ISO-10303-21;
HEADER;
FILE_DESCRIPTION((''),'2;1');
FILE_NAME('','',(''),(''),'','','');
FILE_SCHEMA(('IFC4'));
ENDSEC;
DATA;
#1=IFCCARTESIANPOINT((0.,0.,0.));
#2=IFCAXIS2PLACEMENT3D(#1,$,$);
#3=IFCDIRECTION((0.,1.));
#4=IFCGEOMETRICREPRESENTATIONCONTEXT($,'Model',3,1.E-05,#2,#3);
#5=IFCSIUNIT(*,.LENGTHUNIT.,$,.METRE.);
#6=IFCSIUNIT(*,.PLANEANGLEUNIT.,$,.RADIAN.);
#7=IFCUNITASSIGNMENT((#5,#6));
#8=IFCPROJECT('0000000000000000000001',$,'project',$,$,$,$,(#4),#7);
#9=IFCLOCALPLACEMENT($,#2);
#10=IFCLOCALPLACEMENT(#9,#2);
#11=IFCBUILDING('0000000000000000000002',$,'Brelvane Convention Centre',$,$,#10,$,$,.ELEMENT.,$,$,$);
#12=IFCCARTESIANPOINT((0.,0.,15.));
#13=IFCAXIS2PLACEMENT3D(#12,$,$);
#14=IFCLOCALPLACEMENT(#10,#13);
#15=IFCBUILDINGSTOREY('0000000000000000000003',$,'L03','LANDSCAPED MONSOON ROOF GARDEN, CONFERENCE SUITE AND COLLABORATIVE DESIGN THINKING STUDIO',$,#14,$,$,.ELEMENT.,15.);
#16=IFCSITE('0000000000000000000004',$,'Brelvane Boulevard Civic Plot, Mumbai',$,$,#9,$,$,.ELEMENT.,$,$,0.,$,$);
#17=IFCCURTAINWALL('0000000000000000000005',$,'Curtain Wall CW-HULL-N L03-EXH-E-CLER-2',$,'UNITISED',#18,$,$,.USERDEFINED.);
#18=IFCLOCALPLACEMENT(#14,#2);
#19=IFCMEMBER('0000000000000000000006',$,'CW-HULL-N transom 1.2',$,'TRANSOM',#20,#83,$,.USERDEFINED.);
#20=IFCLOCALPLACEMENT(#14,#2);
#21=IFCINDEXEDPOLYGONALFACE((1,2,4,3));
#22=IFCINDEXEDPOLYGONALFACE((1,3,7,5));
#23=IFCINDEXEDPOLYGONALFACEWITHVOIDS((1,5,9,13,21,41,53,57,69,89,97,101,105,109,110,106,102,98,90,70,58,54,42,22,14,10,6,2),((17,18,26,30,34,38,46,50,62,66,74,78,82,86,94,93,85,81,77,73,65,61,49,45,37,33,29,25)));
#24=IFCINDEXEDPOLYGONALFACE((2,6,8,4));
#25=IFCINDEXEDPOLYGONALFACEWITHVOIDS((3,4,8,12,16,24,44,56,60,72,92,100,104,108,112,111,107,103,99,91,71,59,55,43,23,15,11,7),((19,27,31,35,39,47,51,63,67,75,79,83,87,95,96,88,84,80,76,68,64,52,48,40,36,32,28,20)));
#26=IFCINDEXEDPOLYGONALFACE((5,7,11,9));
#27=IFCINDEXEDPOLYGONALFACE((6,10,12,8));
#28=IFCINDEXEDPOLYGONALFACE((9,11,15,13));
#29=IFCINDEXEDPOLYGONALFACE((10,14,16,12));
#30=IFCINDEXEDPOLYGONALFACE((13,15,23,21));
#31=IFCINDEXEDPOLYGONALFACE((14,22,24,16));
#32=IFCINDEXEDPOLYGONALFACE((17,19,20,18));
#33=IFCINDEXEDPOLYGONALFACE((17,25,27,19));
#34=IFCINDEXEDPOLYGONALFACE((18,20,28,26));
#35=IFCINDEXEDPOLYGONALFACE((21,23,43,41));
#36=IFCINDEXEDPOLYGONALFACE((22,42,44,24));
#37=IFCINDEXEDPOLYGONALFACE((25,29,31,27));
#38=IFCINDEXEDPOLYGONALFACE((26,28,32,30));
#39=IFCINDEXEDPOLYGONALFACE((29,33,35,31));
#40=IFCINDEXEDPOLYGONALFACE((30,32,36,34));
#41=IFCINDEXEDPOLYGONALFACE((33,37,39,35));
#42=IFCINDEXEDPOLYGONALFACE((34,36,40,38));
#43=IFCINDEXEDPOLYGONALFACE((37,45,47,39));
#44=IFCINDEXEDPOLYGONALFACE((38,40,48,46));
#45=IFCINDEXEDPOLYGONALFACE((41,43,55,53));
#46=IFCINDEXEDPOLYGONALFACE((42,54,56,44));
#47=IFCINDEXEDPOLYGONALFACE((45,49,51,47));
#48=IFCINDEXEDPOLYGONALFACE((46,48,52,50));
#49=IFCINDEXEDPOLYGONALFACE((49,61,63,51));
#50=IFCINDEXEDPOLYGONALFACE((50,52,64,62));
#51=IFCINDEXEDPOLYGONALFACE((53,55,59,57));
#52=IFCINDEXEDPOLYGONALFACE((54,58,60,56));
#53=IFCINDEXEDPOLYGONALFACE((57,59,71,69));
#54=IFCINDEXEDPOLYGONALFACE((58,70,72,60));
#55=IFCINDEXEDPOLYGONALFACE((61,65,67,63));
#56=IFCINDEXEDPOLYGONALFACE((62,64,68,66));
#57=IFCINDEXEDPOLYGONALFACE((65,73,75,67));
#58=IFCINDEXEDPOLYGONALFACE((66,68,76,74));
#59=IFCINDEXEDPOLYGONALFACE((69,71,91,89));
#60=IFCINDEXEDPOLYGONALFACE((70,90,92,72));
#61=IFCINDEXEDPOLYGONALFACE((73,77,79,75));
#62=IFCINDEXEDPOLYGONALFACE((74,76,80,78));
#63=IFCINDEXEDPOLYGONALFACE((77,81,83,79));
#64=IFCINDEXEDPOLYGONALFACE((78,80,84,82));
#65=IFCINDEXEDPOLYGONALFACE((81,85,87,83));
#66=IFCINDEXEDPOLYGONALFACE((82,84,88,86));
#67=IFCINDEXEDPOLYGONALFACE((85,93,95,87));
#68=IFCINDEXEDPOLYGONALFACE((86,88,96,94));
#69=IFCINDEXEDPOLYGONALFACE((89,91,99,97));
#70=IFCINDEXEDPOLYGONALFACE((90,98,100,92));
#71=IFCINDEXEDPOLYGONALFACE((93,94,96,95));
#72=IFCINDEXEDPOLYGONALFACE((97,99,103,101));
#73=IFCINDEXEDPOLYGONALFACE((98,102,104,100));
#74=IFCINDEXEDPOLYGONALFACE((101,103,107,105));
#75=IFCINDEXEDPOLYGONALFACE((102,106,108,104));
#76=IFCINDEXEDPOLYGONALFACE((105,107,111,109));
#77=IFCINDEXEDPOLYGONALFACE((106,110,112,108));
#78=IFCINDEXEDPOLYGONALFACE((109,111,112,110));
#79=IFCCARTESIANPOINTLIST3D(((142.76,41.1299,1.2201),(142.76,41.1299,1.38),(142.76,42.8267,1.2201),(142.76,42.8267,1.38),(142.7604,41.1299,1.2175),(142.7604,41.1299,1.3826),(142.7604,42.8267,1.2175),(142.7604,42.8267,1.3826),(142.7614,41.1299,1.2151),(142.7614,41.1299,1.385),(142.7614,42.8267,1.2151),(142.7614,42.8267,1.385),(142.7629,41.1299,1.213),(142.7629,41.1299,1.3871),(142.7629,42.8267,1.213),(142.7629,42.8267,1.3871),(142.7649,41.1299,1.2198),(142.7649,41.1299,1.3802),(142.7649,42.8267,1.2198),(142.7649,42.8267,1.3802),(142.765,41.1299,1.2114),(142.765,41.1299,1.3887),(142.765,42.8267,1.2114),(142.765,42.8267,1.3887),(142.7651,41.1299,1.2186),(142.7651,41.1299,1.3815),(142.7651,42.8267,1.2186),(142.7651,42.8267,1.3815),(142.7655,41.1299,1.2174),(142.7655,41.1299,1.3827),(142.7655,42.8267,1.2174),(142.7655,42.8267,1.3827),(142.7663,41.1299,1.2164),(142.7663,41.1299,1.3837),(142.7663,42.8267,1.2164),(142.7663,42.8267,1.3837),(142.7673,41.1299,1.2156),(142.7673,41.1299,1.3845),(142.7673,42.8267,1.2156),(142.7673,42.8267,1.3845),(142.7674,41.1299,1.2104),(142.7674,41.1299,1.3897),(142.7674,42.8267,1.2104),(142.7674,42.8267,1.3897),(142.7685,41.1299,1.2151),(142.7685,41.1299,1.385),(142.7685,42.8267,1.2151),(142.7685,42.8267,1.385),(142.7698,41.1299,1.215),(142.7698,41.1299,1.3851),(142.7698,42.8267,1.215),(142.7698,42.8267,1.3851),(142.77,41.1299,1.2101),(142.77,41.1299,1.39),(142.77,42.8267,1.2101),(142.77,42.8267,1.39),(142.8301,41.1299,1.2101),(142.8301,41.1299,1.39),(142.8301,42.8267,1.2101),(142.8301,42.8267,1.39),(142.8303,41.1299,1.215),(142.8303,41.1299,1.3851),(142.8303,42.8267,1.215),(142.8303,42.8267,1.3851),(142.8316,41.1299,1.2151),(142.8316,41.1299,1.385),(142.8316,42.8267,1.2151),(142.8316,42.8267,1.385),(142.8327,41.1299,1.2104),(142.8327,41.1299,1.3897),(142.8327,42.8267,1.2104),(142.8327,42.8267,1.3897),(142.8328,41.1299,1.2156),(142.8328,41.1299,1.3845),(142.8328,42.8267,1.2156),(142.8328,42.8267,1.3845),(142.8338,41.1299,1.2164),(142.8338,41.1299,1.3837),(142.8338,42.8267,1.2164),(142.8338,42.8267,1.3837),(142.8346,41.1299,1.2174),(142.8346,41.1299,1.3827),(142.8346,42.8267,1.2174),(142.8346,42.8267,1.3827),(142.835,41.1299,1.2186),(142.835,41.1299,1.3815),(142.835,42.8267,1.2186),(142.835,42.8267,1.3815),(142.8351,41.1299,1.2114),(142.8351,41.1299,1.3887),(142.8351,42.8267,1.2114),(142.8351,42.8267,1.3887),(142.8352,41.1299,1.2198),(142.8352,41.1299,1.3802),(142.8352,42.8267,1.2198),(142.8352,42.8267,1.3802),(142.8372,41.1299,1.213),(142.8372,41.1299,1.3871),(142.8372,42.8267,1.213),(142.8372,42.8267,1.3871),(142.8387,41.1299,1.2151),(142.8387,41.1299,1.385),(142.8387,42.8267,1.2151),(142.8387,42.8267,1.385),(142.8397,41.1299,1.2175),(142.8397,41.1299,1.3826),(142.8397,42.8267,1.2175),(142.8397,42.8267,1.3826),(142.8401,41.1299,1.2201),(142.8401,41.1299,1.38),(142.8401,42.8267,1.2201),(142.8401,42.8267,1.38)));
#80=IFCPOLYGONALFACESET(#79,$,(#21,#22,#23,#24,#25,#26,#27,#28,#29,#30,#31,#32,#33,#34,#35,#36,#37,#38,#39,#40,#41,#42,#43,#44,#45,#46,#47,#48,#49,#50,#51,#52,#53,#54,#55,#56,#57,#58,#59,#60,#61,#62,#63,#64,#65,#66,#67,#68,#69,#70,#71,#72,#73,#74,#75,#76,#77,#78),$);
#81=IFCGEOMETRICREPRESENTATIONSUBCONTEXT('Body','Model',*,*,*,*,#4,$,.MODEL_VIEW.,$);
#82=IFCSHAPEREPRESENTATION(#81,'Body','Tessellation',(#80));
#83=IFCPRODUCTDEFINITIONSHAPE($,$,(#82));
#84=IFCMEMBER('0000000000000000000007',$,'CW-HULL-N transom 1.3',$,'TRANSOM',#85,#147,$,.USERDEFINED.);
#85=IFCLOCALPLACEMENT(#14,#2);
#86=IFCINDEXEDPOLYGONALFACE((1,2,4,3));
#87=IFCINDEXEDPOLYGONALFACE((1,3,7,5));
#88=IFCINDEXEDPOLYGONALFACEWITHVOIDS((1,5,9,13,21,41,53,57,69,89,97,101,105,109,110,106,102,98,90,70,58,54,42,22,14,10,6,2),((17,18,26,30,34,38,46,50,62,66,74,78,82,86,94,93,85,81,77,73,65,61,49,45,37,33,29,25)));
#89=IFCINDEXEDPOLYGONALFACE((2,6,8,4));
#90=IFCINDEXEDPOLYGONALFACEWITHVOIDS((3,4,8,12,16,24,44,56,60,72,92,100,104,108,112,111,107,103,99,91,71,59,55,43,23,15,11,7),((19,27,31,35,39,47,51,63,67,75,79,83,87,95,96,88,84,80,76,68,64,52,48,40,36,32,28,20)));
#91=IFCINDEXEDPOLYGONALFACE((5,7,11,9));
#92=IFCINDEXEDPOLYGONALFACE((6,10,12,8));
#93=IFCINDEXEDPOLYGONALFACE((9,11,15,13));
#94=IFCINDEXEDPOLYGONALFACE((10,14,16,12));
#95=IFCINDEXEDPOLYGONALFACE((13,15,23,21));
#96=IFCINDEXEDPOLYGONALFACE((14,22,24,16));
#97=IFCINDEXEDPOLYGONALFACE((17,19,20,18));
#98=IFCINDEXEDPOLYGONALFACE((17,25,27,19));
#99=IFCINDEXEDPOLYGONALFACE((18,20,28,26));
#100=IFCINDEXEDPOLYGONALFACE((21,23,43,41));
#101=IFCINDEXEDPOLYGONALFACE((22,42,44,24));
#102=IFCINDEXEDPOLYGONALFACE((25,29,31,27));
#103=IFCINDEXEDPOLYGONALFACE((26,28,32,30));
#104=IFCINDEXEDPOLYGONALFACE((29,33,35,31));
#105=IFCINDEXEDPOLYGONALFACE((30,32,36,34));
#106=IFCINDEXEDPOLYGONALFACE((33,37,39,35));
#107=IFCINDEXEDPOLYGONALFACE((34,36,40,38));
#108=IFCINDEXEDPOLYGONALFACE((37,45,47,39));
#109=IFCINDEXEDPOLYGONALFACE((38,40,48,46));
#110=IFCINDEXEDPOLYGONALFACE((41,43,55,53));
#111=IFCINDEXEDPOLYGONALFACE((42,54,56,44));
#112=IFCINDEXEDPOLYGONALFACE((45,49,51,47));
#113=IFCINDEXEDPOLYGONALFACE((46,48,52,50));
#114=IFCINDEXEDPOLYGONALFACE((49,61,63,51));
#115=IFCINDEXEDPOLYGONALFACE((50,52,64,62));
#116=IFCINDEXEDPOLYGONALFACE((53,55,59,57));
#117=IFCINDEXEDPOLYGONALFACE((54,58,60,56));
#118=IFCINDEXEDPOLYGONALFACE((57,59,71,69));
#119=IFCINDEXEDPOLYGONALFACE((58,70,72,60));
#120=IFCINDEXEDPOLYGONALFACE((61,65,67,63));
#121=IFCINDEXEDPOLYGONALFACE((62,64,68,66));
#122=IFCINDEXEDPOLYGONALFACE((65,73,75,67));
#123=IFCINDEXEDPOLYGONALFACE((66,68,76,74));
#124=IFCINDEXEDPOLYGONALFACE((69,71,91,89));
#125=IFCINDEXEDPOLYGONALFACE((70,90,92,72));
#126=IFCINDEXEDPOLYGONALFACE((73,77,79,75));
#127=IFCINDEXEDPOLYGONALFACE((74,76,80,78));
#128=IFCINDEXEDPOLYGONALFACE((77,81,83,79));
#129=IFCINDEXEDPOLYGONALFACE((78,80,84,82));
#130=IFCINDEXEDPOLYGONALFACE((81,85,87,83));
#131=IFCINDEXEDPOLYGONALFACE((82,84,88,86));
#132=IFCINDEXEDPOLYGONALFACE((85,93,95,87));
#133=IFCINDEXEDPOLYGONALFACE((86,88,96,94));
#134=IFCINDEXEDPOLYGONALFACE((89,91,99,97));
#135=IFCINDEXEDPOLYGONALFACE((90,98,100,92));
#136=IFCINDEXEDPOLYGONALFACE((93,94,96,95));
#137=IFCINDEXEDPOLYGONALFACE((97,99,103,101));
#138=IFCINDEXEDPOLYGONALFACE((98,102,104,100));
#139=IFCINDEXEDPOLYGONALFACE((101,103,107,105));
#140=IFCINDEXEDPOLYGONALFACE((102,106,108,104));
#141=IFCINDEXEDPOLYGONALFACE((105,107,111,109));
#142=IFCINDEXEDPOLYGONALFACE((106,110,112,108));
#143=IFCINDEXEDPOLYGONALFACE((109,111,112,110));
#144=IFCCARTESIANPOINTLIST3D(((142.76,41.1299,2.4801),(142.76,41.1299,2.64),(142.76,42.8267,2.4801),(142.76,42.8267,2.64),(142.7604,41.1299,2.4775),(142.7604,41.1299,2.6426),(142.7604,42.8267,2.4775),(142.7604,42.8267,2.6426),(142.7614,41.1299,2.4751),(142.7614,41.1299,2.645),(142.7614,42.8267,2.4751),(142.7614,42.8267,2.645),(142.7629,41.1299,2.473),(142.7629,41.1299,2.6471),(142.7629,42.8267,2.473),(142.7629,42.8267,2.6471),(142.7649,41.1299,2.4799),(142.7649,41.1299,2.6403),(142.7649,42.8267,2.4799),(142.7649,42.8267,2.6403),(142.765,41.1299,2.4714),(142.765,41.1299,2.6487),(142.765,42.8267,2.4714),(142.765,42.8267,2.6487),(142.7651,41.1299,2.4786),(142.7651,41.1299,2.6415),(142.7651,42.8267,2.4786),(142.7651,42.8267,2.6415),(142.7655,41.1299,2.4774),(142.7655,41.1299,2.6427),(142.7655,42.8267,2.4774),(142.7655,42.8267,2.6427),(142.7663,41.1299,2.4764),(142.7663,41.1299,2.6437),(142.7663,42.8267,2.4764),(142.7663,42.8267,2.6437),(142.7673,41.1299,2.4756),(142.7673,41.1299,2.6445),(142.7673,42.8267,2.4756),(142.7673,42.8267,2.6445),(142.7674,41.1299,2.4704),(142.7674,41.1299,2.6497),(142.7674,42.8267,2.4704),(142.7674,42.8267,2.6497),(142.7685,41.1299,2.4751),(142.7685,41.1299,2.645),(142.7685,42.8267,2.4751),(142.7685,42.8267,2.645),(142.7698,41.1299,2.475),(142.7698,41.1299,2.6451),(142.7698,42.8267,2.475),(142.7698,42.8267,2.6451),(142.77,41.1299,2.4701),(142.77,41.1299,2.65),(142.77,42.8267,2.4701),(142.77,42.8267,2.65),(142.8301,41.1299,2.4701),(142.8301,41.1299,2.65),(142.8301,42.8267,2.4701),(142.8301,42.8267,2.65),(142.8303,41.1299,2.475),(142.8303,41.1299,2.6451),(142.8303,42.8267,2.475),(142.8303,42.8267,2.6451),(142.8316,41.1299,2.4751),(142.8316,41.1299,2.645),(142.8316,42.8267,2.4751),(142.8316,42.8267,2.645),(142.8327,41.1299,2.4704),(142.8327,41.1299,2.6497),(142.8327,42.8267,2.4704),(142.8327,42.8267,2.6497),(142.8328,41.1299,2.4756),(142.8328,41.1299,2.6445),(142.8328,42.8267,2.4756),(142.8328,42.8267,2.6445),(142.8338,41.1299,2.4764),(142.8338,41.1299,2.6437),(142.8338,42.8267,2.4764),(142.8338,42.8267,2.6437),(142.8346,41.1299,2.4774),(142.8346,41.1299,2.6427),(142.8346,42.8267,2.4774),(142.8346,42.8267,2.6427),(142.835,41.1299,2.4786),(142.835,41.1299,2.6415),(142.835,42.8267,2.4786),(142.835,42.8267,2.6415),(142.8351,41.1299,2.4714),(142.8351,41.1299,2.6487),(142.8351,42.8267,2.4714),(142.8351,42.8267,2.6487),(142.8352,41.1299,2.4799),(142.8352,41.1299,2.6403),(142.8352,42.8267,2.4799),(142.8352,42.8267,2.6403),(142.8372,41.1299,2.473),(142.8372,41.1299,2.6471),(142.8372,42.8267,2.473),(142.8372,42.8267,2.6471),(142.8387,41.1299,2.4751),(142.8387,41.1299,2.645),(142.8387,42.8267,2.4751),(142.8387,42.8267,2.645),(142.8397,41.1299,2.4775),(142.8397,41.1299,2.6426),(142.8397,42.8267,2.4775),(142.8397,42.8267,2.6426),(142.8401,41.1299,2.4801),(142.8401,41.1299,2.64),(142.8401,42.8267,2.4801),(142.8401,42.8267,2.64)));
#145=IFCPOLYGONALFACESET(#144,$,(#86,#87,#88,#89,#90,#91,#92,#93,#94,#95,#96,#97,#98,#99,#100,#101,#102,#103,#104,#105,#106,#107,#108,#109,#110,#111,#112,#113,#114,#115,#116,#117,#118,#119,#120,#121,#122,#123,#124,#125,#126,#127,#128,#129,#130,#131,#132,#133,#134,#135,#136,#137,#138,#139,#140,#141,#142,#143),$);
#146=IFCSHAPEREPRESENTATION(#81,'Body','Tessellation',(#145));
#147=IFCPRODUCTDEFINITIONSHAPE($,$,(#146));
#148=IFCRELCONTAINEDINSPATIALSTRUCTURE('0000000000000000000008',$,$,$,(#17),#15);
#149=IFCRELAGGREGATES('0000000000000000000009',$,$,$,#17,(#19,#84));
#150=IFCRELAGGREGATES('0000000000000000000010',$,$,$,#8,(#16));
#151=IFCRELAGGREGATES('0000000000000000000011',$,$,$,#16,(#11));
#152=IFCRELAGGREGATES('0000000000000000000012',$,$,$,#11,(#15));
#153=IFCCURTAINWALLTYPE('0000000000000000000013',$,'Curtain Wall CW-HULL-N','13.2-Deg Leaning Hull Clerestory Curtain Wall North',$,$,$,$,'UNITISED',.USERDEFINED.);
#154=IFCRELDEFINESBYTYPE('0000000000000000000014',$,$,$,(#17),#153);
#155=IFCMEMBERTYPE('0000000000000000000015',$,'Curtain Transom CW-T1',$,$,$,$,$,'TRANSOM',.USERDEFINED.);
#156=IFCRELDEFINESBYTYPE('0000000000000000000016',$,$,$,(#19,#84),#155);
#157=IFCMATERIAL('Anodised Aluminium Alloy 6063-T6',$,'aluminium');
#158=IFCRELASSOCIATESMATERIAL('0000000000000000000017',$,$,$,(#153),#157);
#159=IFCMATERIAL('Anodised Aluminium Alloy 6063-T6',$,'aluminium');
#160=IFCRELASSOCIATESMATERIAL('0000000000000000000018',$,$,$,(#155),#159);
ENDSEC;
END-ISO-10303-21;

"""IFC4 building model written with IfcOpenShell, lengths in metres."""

from ifc_helpers import new_model, si_unit, direction, frame, origin, origin_2d, place, context, subcontext, project, spatial, hollow_rectangle, extrude, material, material_profile, profile_set, type_object, element, aggregate, save


model = new_model("IFC4")

# Units and contexts
model_context = context("Model", 3, precision=1e-05, world=origin(), true_north=direction((0.0, 1.0)))
body_context = subcontext(model_context, "Body", "Model", "MODEL_VIEW")
ifc_project = project(units=[si_unit("LENGTHUNIT", "METRE"), si_unit("PLANEANGLEUNIT", "RADIAN")], contexts=[model_context])

# Site, building, storey
site_placement = place(None, origin())
site = spatial("IfcSite", under=ifc_project, at=site_placement, Name="Brelvane Boulevard Civic Plot, Mumbai", CompositionType="ELEMENT", RefElevation=0.0)
building_placement = place(site_placement, origin())
building = spatial("IfcBuilding", under=site, at=building_placement, Name="Brelvane Convention Centre", CompositionType="ELEMENT")
storey_placement = place(building_placement, frame((0.0, 0.0, 15.0)))
storey = spatial("IfcBuildingStorey", under=building, at=storey_placement, Name="L03", Description="LANDSCAPED MONSOON ROOF GARDEN, CONFERENCE SUITE AND COLLABORATIVE DESIGN THINKING STUDIO", CompositionType="ELEMENT", Elevation=15.0)

# Curtain wall, members
ifc_material_1 = material(Name="Anodised Aluminium Alloy 6063-T6", Category="aluminium")
curtain_wall_type = type_object("IfcCurtainWallType", Name="Curtain Wall CW-HULL-N", Description="13.2-Deg Leaning Hull Clerestory Curtain Wall North", ElementType="UNITISED", PredefinedType="USERDEFINED", material=ifc_material_1)
curtain_wall_placement = place(storey_placement, origin())
curtain_wall = element("IfcCurtainWall", 1, at=curtain_wall_placement, inside=storey, type_object=curtain_wall_type, Name="Curtain Wall CW-HULL-N L03-EXH-E-CLER-2", ObjectType="UNITISED", PredefinedType="USERDEFINED")
ifc_material_2 = material(Name="Anodised Aluminium Alloy 6063-T6", Category="aluminium")
ifc_material_profile_1 = material_profile(ifc_material_2, hollow_rectangle(XDim=0.0801, YDim=0.1799, WallThickness=0.0049, InnerFilletRadius=0.0049, OuterFilletRadius=0.01, at=origin_2d()), Name="ALU-T 180x80x5.0")
ifc_profile_set_1 = profile_set([ifc_material_profile_1], Name="Anodised Aluminium Alloy 6063-T6")
member_type_1 = type_object("IfcMemberType", Name="Curtain Transom CW-T1", ElementType="TRANSOM", PredefinedType="USERDEFINED", material=ifc_profile_set_1)
member_1_placement = place(storey_placement, frame((142.8, 41.1299, 1.3), z_axis=(0.0, 1.0, 0.0), x_axis=(-1.0, 0.0, 0.0)))
member_1 = element("IfcMember", 2, at=member_1_placement, type_object=member_type_1, Name="CW-HULL-N transom 1.2", ObjectType="TRANSOM", PredefinedType="USERDEFINED", context=body_context, shape_type="SweptSolid", body=[
    extrude(hollow_rectangle(XDim=0.0801, YDim=0.1799, WallThickness=0.0049, InnerFilletRadius=0.0049, OuterFilletRadius=0.01, at=origin_2d()), origin(), (0.0, 0.0, 1.0), 1.6968),
])
member_2_placement = place(storey_placement, frame((142.8, 41.1299, 2.5601), z_axis=(0.0, 1.0, 0.0), x_axis=(-1.0, 0.0, 0.0)))
member_2 = element("IfcMember", 3, at=member_2_placement, type_object=member_type_1, Name="CW-HULL-N transom 1.3", ObjectType="TRANSOM", PredefinedType="USERDEFINED", context=body_context, shape_type="SweptSolid", body=[
    extrude(hollow_rectangle(XDim=0.0801, YDim=0.1799, WallThickness=0.0049, InnerFilletRadius=0.0049, OuterFilletRadius=0.01, at=origin_2d()), origin(), (0.0, 0.0, 1.0), 1.6968),
])
aggregate(curtain_wall, [member_1, member_2])

save(model, "model.ifc")
